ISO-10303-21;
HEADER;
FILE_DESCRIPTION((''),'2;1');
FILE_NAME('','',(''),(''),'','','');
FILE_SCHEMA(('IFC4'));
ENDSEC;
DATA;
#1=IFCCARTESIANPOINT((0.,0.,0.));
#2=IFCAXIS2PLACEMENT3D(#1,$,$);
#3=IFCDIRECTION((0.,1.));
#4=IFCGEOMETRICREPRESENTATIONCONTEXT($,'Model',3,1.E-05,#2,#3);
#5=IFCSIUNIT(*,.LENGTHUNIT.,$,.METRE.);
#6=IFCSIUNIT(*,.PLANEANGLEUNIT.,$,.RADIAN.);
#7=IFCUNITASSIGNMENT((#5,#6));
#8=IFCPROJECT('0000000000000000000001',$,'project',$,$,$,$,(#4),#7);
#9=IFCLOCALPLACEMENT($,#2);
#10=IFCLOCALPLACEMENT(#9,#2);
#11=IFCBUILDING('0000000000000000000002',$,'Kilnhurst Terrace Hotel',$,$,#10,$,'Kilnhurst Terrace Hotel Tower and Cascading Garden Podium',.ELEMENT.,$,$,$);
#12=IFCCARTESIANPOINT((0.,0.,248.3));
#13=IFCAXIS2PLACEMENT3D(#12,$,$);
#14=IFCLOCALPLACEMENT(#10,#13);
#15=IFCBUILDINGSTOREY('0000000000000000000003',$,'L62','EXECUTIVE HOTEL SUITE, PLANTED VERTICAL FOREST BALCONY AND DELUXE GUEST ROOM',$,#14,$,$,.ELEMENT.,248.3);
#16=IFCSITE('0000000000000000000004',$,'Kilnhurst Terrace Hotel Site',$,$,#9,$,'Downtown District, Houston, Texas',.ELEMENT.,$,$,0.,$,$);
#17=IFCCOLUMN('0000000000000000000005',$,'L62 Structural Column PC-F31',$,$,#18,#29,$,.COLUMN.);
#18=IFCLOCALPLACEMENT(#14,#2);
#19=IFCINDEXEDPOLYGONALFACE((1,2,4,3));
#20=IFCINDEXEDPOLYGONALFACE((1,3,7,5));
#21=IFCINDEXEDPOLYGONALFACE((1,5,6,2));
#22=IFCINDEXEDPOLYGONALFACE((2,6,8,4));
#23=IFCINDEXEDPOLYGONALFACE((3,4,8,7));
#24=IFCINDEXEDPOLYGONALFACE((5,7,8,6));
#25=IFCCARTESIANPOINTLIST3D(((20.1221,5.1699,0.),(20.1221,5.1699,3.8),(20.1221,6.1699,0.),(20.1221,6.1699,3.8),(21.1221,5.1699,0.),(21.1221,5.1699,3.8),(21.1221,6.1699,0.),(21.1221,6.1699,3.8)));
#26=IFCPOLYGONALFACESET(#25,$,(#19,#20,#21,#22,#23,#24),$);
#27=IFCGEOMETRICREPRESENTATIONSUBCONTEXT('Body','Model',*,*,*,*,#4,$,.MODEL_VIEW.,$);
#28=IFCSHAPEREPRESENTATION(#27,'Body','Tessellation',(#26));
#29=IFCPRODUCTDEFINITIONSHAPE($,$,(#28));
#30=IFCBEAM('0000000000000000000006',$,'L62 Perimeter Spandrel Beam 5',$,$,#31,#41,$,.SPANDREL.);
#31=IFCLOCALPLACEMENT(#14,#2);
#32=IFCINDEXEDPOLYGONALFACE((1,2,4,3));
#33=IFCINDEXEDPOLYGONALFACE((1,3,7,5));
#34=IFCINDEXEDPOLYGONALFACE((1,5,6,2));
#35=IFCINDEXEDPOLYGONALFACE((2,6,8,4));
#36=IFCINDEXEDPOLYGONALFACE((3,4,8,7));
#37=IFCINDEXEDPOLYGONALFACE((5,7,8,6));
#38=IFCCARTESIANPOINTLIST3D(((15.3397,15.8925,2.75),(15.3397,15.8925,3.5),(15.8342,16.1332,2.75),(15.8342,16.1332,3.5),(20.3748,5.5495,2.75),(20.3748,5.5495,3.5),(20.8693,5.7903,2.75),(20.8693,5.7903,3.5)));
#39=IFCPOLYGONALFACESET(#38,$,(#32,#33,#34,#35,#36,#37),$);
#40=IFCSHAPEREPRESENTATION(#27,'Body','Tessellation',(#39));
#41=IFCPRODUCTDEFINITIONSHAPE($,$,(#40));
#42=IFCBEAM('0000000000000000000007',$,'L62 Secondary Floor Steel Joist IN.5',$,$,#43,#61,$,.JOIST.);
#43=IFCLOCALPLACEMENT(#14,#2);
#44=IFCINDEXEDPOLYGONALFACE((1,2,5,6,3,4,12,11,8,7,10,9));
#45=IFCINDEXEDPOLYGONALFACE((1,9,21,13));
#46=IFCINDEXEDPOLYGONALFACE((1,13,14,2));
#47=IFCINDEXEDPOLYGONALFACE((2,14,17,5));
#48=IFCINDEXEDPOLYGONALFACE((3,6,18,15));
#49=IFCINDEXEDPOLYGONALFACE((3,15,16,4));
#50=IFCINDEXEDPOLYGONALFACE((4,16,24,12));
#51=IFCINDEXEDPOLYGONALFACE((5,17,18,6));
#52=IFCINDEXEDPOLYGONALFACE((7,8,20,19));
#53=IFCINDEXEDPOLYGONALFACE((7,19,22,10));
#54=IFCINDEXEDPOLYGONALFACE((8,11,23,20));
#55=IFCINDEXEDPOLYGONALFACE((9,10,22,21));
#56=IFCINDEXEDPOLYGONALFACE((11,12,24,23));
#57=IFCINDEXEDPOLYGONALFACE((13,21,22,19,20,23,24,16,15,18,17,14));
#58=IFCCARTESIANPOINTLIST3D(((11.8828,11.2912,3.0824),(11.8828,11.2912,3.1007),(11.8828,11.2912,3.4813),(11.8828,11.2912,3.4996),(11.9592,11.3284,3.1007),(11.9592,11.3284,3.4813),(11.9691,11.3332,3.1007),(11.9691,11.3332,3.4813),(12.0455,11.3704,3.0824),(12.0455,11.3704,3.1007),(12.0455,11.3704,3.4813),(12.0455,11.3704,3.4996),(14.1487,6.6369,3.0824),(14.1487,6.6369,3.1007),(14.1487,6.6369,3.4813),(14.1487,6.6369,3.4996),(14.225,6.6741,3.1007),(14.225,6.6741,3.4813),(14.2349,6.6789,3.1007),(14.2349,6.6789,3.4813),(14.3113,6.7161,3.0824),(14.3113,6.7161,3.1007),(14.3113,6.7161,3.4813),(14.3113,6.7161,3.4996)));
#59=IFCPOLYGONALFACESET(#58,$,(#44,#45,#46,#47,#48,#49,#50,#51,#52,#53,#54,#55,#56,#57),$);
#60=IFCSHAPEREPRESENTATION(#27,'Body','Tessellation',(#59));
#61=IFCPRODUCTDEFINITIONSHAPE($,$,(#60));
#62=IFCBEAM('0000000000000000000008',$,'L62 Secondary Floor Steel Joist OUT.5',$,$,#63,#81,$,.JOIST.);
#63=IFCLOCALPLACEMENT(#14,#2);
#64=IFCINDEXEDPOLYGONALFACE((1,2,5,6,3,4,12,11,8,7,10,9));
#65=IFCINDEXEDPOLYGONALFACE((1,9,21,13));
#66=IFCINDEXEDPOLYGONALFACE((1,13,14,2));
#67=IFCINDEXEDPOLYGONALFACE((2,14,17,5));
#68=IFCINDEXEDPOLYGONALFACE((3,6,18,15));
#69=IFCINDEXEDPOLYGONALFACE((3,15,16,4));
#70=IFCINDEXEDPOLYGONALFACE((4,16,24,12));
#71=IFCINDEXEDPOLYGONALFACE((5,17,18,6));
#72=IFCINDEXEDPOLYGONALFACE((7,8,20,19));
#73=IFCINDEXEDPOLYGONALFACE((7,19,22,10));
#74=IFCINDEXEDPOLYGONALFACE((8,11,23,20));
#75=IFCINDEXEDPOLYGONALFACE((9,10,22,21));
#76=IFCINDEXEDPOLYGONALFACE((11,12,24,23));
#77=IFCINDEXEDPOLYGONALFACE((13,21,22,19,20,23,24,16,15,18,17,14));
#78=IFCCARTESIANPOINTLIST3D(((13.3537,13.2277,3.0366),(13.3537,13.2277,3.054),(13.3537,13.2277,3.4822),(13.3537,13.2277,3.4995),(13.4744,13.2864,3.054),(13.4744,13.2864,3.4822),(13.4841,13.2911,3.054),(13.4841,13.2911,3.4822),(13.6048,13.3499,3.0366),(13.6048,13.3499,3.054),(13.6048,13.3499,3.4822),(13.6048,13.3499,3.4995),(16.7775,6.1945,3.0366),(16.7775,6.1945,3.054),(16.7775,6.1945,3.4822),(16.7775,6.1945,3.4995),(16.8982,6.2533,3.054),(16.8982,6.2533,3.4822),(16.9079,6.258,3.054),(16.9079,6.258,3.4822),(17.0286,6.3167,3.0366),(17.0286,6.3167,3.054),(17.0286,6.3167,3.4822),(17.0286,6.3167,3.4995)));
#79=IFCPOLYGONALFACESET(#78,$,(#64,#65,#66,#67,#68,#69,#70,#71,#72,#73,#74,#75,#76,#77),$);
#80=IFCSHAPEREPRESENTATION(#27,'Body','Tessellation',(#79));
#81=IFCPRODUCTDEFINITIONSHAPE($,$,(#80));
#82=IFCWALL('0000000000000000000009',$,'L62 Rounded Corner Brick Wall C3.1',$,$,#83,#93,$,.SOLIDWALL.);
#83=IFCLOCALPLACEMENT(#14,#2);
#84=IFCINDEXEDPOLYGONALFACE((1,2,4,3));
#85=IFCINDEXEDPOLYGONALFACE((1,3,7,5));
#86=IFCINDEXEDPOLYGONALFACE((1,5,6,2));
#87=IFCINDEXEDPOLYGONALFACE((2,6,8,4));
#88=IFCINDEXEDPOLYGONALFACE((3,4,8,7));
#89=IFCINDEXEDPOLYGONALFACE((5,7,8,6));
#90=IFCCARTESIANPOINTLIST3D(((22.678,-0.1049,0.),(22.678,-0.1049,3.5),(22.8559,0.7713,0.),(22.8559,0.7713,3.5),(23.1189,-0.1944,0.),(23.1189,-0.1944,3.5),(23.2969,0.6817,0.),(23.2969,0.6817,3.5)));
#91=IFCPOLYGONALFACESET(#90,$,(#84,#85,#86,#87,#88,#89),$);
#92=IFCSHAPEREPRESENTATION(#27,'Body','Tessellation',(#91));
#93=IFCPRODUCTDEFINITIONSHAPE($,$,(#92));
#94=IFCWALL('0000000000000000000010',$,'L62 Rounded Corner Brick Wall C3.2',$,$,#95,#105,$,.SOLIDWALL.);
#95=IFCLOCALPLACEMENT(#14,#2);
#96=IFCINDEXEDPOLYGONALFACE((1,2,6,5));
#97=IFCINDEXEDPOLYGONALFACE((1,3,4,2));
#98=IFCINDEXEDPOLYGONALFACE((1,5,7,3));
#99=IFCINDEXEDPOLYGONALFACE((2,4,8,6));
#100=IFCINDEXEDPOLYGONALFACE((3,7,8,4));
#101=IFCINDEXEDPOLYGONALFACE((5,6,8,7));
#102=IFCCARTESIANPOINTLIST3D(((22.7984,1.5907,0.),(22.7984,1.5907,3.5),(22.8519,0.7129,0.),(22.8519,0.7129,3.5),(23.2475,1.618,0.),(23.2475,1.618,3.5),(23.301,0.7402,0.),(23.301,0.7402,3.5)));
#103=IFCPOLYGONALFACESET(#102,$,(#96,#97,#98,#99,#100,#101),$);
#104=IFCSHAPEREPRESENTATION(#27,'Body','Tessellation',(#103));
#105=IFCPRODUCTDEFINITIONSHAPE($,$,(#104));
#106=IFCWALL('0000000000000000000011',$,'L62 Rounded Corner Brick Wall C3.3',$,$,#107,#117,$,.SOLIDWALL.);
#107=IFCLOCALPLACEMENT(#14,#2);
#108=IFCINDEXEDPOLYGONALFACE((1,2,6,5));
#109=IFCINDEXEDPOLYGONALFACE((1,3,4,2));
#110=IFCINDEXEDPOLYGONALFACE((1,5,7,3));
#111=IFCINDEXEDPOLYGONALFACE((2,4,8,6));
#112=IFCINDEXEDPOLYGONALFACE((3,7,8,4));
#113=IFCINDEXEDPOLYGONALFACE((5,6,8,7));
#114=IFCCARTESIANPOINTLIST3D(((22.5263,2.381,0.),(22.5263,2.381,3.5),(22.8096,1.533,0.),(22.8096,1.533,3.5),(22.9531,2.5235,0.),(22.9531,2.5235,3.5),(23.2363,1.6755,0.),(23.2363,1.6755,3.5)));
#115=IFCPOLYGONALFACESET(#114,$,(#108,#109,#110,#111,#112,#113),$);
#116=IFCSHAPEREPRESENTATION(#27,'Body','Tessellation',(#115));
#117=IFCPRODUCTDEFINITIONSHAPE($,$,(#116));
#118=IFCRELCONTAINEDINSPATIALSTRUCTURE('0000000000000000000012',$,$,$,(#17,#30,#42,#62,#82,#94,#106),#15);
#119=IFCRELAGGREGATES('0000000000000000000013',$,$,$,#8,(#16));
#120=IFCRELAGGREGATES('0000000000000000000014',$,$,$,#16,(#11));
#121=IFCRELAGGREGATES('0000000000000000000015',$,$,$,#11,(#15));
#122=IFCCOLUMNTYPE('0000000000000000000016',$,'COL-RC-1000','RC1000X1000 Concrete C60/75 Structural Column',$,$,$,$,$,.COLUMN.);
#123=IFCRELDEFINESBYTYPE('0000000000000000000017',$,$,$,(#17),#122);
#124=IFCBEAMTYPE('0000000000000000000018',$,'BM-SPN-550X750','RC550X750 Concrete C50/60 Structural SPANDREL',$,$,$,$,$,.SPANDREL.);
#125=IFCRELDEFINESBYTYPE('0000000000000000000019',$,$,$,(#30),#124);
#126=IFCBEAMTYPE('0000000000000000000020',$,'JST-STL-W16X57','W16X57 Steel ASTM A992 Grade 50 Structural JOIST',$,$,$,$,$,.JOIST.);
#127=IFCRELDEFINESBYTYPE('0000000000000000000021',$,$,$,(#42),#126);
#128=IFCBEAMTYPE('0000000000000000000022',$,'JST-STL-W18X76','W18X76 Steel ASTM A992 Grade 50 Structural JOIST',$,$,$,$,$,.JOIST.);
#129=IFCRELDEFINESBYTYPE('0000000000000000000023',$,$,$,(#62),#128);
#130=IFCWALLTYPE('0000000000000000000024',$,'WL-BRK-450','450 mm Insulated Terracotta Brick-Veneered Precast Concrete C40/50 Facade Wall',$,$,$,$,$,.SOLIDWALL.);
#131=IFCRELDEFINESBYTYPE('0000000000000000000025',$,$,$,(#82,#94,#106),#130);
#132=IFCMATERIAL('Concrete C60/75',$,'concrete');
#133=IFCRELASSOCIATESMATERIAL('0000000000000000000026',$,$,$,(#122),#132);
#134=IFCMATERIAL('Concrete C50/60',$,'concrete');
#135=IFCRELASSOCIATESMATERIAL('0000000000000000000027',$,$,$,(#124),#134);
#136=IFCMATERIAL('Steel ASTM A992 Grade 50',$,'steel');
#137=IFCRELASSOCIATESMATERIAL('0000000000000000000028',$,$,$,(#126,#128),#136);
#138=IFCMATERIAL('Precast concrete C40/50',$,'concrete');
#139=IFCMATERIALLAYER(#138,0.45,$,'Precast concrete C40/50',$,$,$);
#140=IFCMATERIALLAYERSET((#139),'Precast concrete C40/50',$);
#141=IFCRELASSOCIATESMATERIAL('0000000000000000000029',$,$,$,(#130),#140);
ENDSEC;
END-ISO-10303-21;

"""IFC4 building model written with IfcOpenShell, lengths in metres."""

from ifc_helpers import new_model, si_unit, direction, frame, frame_2d, origin, origin_2d, place, context, subcontext, project, spatial, rectangle, i_section, extrude, material, layer, layer_set, material_profile, profile_set, type_object, element, save


model = new_model("IFC4")

# Units and contexts
model_context = context("Model", 3, precision=1e-05, world=origin(), true_north=direction((0.0, 1.0)))
body_context = subcontext(model_context, "Body", "Model", "MODEL_VIEW")
ifc_project = project(units=[si_unit("LENGTHUNIT", "METRE"), si_unit("PLANEANGLEUNIT", "RADIAN")], contexts=[model_context])

# Site, building, storey
site_placement = place(None, origin())
site = spatial("IfcSite", under=ifc_project, at=site_placement, Name="Kilnhurst Terrace Hotel Site", LongName="Downtown District, Houston, Texas", CompositionType="ELEMENT", RefElevation=0.0)
building_placement = place(site_placement, origin())
building = spatial("IfcBuilding", under=site, at=building_placement, Name="Kilnhurst Terrace Hotel", LongName="Kilnhurst Terrace Hotel Tower and Cascading Garden Podium", CompositionType="ELEMENT")
storey_placement = place(building_placement, frame((0.0, 0.0, 248.3)))
storey = spatial("IfcBuildingStorey", under=building, at=storey_placement, Name="L62", Description="EXECUTIVE HOTEL SUITE, PLANTED VERTICAL FOREST BALCONY AND DELUXE GUEST ROOM", CompositionType="ELEMENT", Elevation=248.3)

# Column
ifc_material_1 = material(Name="Concrete C60/75", Category="concrete")
ifc_material_profile_1 = material_profile(ifc_material_1, rectangle(XDim=1.0, YDim=1.0, at=origin_2d()), Name="RC1000X1000")
ifc_profile_set_1 = profile_set([ifc_material_profile_1], Name="Concrete C60/75")
column_type = type_object("IfcColumnType", Name="COL-RC-1000", Description="RC1000X1000 Concrete C60/75 Structural Column", PredefinedType="COLUMN", material=ifc_profile_set_1)
column_placement = place(storey_placement, frame((20.6221, 5.6699, 0.0), z_axis=(0.0, 0.0, 1.0), x_axis=(1.0, 0.0, 0.0)))
element("IfcColumn", 1, at=column_placement, inside=storey, type_object=column_type, Name="L62 Structural Column PC-F31", PredefinedType="COLUMN", context=body_context, shape_type="SweptSolid", body=[
    extrude(rectangle(XDim=1.0, YDim=1.0, at=origin_2d()), origin(), (0.0, 0.0, 1.0), 3.8),
])

# Beams
ifc_material_2 = material(Name="Concrete C50/60", Category="concrete")
ifc_material_profile_2 = material_profile(ifc_material_2, rectangle(XDim=0.55, YDim=0.75, at=origin_2d()), Name="RC550X750")
ifc_profile_set_2 = profile_set([ifc_material_profile_2], Name="Concrete C50/60")
beam_type_1 = type_object("IfcBeamType", Name="BM-SPN-550X750", Description="RC550X750 Concrete C50/60 Structural SPANDREL", PredefinedType="SPANDREL", material=ifc_profile_set_2)
beam_1_placement = place(storey_placement, frame((20.6221, 5.6699, 3.125), z_axis=(-0.437706, 0.899118, 0.0), x_axis=(-0.899118, -0.437706, 0.0)))
element("IfcBeam", 2, at=beam_1_placement, inside=storey, type_object=beam_type_1, Name="L62 Perimeter Spandrel Beam 5", PredefinedType="SPANDREL", context=body_context, shape_type="SweptSolid", body=[
    extrude(rectangle(XDim=0.55, YDim=0.75, at=origin_2d()), origin(), (0.0, 0.0, 1.0), 11.5034),
])
ifc_material_3 = material(Name="Steel ASTM A992 Grade 50", Category="steel")
ifc_material_profile_3 = material_profile(ifc_material_3, i_section(OverallWidth=0.1809, OverallDepth=0.4172, WebThickness=0.011, FlangeThickness=0.0183, at=origin_2d()), Name="W16X57")
ifc_profile_set_3 = profile_set([ifc_material_profile_3], Name="Steel ASTM A992 Grade 50")
beam_type_2 = type_object("IfcBeamType", Name="JST-STL-W16X57", Description="W16X57 Steel ASTM A992 Grade 50 Structural JOIST", PredefinedType="JOIST", material=ifc_profile_set_3)
beam_2_placement = place(storey_placement, frame((14.23, 6.6765, 3.291), z_axis=(-0.437718, 0.899112, 0.0), x_axis=(-0.899112, -0.437718, 0.0)))
element("IfcBeam", 3, at=beam_2_placement, inside=storey, type_object=beam_type_2, Name="L62 Secondary Floor Steel Joist IN.5", PredefinedType="JOIST", context=body_context, shape_type="SweptSolid", body=[
    extrude(i_section(OverallWidth=0.1809, OverallDepth=0.4172, WebThickness=0.011, FlangeThickness=0.0183, at=origin_2d()), origin(), (0.0, 0.0, 1.0), 5.1765),
])
ifc_material_profile_4 = material_profile(ifc_material_3, i_section(OverallWidth=0.2793, OverallDepth=0.4629, WebThickness=0.0107, FlangeThickness=0.0173, at=origin_2d()), Name="W18X76")
ifc_profile_set_4 = profile_set([ifc_material_profile_4], Name="Steel ASTM A992 Grade 50")
beam_type_3 = type_object("IfcBeamType", Name="JST-STL-W18X76", Description="W18X76 Steel ASTM A992 Grade 50 Structural JOIST", PredefinedType="JOIST", material=ifc_profile_set_4)
beam_3_placement = place(storey_placement, frame((16.9031, 6.2556, 3.2681), z_axis=(-0.4377, 0.899121, 0.0), x_axis=(-0.899121, -0.4377, 0.0)))
element("IfcBeam", 4, at=beam_3_placement, inside=storey, type_object=beam_type_3, Name="L62 Secondary Floor Steel Joist OUT.5", PredefinedType="JOIST", context=body_context, shape_type="SweptSolid", body=[
    extrude(i_section(OverallWidth=0.2793, OverallDepth=0.4629, WebThickness=0.0107, FlangeThickness=0.0173, at=origin_2d()), origin(), (0.0, 0.0, 1.0), 7.8223),
])

# Walls
ifc_material_4 = material(Name="Precast concrete C40/50", Category="concrete")
ifc_layer_1 = layer(ifc_material_4, 0.45, Name="Precast concrete C40/50")
ifc_layer_set_1 = layer_set([ifc_layer_1], Name="Precast concrete C40/50")
wall_type_1 = type_object("IfcWallType", Name="WL-BRK-450", Description="450 mm Insulated Terracotta Brick-Veneered Precast Concrete C40/50 Facade Wall", PredefinedType="SOLIDWALL", material=ifc_layer_set_1)
wall_1_placement = place(storey_placement, frame((22.8984, -0.1497, 0.0), z_axis=(0.0, 0.0, 1.0), x_axis=(0.199056, 0.979988, 0.0)))
element("IfcWall", 5, at=wall_1_placement, inside=storey, type_object=wall_type_1, Name="L62 Rounded Corner Brick Wall C3.1", PredefinedType="SOLIDWALL", context=body_context, shape_type="SweptSolid", body=[
    extrude(rectangle(XDim=0.894, YDim=0.45, at=frame_2d((0.447, 0.0))), origin(), (0.0, 0.0, 1.0), 3.5),
])
wall_2_placement = place(storey_placement, frame((23.0764, 0.7266, 0.0), z_axis=(0.0, 0.0, 1.0), x_axis=(-0.060805, 0.99815, 0.0)))
element("IfcWall", 6, at=wall_2_placement, inside=storey, type_object=wall_type_1, Name="L62 Rounded Corner Brick Wall C3.2", PredefinedType="SOLIDWALL", context=body_context, shape_type="SweptSolid", body=[
    extrude(rectangle(XDim=0.8794, YDim=0.45, at=frame_2d((0.4397, 0.0))), origin(), (0.0, 0.0, 1.0), 3.5),
])
wall_3_placement = place(storey_placement, frame((23.0229, 1.6042, 0.0), z_axis=(0.0, 0.0, 1.0), x_axis=(-0.316801, 0.948492, 0.0)))
element("IfcWall", 7, at=wall_3_placement, inside=storey, type_object=wall_type_1, Name="L62 Rounded Corner Brick Wall C3.3", PredefinedType="SOLIDWALL", context=body_context, shape_type="SweptSolid", body=[
    extrude(rectangle(XDim=0.894, YDim=0.45, at=frame_2d((0.447, 0.0))), origin(), (0.0, 0.0, 1.0), 3.5),
])

save(model, "model.ifc")
